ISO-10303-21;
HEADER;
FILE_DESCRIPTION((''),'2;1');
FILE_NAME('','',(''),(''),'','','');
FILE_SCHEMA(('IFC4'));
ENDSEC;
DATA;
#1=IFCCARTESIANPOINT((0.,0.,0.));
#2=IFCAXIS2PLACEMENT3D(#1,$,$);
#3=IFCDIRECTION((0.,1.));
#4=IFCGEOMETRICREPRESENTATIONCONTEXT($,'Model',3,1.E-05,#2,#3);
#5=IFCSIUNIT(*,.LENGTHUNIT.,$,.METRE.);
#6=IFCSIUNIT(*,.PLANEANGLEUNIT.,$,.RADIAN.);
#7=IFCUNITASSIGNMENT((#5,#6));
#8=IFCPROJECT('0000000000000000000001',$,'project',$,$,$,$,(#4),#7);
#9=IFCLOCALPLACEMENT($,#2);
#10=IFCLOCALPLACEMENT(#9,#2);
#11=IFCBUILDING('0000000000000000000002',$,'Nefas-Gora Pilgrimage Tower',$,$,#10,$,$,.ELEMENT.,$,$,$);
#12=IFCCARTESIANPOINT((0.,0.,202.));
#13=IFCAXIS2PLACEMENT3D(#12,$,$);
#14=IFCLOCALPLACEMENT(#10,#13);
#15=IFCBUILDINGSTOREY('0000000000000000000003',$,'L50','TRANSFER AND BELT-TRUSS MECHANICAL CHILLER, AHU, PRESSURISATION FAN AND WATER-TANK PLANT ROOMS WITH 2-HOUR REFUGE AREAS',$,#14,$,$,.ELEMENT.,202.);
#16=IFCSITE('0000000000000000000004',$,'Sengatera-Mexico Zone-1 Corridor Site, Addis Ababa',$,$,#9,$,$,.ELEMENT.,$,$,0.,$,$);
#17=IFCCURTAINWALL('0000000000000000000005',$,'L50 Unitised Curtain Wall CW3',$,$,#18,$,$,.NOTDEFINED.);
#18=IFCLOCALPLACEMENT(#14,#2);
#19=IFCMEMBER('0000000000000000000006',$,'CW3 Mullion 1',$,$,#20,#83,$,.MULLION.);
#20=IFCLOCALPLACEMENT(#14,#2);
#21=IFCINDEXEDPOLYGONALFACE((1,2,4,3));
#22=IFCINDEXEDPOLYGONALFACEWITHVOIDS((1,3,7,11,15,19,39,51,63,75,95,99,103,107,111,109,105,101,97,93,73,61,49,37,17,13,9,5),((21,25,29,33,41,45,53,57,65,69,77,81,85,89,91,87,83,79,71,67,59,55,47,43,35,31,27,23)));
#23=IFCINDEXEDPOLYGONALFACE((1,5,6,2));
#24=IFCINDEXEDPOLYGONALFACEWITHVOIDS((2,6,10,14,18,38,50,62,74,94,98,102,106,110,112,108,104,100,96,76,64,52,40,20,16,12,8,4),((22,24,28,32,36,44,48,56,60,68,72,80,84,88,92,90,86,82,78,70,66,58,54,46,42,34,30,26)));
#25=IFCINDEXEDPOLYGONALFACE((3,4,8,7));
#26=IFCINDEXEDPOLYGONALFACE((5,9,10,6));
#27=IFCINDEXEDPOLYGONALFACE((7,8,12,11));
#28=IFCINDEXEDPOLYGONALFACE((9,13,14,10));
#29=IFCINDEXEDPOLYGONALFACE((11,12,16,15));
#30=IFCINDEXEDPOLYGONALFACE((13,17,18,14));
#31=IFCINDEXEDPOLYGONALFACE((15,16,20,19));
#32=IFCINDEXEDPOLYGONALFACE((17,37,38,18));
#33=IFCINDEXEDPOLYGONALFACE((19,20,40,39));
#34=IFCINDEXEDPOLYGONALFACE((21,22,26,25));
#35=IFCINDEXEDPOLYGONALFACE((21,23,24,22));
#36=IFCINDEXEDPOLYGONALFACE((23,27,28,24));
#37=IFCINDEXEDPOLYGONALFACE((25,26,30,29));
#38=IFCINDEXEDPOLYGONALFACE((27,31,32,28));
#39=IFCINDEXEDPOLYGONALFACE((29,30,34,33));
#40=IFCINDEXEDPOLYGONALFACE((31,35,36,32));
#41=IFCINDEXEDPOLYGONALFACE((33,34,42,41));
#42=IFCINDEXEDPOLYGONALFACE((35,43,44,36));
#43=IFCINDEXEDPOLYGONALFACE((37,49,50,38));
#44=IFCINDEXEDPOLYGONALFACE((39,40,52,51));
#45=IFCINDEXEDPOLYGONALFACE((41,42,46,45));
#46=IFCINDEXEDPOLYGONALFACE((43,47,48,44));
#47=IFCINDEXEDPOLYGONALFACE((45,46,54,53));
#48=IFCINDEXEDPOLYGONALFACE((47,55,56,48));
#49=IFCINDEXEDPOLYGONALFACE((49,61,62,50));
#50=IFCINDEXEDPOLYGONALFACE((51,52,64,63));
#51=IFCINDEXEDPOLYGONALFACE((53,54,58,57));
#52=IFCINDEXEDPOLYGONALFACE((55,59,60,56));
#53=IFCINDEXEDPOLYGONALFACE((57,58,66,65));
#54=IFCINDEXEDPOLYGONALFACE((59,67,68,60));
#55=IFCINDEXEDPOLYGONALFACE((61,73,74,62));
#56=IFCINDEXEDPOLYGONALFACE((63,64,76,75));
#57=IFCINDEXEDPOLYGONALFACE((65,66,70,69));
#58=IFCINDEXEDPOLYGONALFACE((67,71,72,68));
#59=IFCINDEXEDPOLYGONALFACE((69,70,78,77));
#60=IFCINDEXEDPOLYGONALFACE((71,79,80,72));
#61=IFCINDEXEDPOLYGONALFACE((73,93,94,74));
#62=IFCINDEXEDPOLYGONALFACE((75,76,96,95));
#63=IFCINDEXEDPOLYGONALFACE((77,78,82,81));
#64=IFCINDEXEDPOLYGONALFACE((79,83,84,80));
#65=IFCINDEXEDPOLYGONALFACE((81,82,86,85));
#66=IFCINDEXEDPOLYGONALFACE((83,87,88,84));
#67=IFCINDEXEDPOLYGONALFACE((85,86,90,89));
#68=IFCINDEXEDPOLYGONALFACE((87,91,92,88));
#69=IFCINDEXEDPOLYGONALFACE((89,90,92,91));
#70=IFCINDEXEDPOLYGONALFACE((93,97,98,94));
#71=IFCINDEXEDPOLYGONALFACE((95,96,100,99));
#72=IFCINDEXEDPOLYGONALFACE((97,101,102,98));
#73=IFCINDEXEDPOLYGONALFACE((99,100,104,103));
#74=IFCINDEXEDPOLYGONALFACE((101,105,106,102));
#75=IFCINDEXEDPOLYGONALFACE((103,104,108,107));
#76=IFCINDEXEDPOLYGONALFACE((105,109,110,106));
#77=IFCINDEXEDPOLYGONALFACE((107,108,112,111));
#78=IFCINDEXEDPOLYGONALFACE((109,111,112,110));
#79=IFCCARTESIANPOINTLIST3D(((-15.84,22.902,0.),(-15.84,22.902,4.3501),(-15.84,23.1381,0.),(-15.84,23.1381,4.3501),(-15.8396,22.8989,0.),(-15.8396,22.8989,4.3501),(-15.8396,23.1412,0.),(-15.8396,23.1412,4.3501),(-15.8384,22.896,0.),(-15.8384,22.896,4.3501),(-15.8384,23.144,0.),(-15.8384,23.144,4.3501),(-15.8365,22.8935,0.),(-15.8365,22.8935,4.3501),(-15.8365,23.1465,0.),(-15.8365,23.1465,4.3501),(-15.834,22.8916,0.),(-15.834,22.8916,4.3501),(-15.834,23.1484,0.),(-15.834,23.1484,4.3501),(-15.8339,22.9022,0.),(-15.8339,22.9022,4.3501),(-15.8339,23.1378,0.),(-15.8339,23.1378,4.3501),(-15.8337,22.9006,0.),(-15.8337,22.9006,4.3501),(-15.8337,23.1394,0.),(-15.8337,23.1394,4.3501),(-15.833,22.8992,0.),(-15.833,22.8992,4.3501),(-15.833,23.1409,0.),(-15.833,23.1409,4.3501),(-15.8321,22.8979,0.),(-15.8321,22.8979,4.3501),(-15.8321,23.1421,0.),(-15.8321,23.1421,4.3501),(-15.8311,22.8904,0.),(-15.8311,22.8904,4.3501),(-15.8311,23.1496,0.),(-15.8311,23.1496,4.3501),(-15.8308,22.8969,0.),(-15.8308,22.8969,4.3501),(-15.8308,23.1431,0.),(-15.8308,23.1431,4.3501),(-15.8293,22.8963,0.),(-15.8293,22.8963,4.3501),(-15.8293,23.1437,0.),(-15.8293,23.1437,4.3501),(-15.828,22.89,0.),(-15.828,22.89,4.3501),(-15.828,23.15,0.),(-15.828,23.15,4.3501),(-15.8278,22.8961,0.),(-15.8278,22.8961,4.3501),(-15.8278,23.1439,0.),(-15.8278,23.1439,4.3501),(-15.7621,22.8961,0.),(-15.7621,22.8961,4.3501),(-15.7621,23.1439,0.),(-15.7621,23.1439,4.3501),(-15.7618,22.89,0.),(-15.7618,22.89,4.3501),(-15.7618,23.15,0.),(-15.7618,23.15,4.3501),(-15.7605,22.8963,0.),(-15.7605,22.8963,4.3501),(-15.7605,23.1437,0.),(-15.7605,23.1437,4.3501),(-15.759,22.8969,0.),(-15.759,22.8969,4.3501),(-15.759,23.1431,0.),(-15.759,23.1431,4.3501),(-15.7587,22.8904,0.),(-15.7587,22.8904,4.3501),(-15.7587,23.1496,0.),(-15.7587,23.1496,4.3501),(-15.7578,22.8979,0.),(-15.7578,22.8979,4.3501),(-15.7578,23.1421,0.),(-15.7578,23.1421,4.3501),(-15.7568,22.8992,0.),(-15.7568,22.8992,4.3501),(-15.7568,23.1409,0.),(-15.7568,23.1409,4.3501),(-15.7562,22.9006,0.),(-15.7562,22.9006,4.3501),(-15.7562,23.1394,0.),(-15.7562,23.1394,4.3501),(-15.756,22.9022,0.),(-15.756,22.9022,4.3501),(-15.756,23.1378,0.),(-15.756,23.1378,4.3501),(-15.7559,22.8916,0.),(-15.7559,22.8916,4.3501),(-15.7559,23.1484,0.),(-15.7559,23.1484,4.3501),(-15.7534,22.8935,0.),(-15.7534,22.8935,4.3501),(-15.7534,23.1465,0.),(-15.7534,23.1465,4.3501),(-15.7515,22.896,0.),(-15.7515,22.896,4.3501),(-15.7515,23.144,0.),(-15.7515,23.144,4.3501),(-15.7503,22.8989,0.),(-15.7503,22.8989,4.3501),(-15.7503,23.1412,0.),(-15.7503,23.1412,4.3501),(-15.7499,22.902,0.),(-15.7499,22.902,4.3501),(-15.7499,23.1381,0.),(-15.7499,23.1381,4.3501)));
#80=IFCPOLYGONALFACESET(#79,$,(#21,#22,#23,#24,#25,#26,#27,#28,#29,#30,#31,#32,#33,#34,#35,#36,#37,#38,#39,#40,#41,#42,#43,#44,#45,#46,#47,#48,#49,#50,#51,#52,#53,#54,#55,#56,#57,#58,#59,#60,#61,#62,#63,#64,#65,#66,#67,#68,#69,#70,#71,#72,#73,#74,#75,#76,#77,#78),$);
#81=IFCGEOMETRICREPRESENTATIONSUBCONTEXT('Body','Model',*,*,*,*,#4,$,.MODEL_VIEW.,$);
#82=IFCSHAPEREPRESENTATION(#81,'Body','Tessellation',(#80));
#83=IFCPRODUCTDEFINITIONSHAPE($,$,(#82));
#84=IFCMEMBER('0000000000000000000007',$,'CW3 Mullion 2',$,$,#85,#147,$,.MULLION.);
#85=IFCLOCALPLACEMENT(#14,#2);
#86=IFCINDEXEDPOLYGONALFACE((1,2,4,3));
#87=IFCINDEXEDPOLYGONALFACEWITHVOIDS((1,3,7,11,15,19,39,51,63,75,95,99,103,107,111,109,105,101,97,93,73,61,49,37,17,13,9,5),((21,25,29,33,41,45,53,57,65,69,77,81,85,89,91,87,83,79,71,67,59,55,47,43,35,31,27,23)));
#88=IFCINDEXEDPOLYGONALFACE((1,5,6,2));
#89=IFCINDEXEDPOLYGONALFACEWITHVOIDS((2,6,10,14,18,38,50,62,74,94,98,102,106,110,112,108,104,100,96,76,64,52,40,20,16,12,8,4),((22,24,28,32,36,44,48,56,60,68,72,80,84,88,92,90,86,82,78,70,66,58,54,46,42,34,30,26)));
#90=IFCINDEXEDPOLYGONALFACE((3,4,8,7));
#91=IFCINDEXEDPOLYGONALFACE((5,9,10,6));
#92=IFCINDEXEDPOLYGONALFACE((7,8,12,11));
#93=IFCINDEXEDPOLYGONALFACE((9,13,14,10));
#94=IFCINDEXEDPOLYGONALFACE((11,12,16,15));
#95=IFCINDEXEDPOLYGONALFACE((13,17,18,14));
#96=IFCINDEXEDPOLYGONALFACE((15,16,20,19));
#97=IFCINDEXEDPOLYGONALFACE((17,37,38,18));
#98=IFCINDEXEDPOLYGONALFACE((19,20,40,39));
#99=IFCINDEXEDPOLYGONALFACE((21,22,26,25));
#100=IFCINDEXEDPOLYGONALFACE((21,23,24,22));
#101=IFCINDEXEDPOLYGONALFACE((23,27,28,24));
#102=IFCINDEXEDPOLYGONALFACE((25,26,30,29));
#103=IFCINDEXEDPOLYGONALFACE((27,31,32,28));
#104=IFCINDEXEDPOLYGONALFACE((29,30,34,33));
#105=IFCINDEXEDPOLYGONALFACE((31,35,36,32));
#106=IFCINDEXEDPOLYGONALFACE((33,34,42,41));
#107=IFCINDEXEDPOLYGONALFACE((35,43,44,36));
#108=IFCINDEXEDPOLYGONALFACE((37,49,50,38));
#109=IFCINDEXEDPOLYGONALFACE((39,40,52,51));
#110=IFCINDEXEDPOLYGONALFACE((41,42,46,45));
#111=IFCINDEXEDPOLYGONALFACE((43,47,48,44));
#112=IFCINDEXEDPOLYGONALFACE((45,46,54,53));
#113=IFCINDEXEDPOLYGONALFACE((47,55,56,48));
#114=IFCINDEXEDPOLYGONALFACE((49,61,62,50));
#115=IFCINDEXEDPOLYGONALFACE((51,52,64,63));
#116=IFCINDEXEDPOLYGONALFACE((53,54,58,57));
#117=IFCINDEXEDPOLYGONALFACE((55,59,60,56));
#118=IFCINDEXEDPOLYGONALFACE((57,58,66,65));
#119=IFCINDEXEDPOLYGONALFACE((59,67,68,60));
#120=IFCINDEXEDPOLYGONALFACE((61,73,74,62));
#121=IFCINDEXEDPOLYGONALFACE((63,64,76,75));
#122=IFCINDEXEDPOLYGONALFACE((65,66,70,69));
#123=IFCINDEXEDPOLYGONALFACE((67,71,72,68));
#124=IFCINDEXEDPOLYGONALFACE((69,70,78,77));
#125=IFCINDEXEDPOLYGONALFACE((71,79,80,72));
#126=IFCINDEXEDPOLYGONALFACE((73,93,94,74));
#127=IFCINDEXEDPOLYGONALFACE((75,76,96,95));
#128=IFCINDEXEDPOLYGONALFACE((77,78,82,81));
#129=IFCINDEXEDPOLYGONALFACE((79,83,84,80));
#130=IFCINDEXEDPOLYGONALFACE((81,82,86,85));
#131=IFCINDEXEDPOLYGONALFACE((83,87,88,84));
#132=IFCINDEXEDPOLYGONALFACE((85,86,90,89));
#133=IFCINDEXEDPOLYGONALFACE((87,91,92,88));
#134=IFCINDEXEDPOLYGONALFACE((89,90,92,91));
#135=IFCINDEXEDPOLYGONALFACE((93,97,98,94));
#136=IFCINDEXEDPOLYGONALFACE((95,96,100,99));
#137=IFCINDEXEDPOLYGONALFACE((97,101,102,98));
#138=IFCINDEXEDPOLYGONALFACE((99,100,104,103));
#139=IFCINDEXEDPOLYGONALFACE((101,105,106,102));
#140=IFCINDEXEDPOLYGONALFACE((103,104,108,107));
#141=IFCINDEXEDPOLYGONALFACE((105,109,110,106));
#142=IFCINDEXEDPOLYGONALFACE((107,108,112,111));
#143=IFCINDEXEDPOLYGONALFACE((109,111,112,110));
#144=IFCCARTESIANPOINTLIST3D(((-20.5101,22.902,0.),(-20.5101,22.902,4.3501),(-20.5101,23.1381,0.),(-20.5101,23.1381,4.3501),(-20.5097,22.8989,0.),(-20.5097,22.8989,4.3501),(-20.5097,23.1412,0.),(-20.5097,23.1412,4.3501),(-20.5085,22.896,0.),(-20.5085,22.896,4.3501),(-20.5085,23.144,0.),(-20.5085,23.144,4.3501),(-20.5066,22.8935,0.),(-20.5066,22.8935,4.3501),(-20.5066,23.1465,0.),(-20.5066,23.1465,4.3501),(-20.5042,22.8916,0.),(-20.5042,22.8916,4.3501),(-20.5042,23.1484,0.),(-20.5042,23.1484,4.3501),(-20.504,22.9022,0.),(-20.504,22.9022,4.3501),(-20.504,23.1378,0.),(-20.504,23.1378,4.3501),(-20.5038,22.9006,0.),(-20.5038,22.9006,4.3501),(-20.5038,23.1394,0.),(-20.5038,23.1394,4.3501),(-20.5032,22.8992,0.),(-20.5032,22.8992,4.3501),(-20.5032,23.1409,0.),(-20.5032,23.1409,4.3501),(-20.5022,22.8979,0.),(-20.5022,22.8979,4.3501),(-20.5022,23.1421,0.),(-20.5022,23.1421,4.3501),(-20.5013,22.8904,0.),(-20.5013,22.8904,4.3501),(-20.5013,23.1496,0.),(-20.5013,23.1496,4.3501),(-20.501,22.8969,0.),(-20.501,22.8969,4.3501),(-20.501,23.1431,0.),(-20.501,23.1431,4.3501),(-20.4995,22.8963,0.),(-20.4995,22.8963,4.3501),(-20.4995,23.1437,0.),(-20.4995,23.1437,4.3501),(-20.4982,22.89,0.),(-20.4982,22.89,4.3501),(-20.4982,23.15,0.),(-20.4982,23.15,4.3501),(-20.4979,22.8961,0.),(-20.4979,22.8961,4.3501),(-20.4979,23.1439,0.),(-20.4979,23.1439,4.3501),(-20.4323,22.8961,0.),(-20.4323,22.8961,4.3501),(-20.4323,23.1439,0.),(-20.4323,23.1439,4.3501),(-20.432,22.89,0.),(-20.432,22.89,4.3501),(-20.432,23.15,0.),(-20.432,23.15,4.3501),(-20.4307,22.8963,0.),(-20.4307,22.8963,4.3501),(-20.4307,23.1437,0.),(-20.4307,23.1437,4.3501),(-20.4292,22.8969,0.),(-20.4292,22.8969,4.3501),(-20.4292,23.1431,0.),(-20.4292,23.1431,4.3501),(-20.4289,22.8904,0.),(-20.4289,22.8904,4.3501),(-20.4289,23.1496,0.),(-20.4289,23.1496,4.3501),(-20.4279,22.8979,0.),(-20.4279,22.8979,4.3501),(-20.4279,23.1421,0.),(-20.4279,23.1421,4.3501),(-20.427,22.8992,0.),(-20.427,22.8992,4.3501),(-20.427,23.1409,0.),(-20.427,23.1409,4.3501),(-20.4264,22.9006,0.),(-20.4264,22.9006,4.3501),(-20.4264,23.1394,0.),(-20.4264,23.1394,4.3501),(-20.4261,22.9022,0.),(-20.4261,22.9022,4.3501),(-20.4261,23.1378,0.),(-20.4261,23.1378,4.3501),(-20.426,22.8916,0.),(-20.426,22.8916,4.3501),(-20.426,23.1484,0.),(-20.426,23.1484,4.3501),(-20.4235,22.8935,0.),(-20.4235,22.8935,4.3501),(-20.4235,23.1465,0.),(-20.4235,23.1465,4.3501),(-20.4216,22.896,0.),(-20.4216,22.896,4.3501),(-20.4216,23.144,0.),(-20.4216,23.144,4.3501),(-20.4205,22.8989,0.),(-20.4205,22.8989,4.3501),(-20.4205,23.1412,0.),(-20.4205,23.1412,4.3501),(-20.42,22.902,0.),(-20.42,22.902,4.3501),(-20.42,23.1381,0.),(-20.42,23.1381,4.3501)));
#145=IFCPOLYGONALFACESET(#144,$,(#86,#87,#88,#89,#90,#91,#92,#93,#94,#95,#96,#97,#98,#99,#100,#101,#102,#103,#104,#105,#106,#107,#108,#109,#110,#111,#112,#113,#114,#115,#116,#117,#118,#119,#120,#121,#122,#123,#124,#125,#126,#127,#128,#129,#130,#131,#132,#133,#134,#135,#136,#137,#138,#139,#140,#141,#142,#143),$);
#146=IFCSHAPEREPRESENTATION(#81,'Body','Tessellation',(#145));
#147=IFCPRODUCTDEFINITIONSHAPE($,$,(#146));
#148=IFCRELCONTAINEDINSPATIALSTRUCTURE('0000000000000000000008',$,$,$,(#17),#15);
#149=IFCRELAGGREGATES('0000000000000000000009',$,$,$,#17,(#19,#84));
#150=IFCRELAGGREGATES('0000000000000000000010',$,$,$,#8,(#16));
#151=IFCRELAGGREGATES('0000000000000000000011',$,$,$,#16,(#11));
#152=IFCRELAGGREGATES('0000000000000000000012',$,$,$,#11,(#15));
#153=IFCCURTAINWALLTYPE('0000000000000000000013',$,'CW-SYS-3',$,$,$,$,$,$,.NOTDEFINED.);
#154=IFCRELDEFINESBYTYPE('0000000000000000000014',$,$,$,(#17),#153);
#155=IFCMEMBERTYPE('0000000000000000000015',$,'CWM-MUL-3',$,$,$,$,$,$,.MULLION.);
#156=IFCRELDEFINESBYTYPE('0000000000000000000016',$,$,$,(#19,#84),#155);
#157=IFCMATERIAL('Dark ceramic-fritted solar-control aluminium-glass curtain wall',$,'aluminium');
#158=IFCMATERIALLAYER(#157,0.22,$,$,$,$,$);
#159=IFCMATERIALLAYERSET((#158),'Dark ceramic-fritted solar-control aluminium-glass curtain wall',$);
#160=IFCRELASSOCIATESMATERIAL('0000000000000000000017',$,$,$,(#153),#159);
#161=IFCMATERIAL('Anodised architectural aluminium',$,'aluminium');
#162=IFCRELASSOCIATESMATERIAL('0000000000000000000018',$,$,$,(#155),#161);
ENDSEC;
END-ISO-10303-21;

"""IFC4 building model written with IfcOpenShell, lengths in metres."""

from ifc_helpers import new_model, si_unit, direction, frame, origin, origin_2d, place, context, subcontext, project, spatial, hollow_rectangle, extrude, source, transform, mapped, material, layer, layer_set, material_profile, profile_set, type_object, element, aggregate, save


model = new_model("IFC4")

# Units and contexts
model_context = context("Model", 3, precision=1e-05, world=origin(), true_north=direction((0.0, 1.0)))
body_context = subcontext(model_context, "Body", "Model", "MODEL_VIEW")
ifc_project = project(units=[si_unit("LENGTHUNIT", "METRE"), si_unit("PLANEANGLEUNIT", "RADIAN")], contexts=[model_context])

# Site, building, storey
site_placement = place(None, origin())
site = spatial("IfcSite", under=ifc_project, at=site_placement, Name="Sengatera-Mexico Zone-1 Corridor Site, Addis Ababa", CompositionType="ELEMENT", RefElevation=0.0)
building_placement = place(site_placement, origin())
building = spatial("IfcBuilding", under=site, at=building_placement, Name="Nefas-Gora Pilgrimage Tower", CompositionType="ELEMENT")
storey_placement = place(building_placement, frame((0.0, 0.0, 202.0)))
storey = spatial("IfcBuildingStorey", under=building, at=storey_placement, Name="L50", Description="TRANSFER AND BELT-TRUSS MECHANICAL CHILLER, AHU, PRESSURISATION FAN AND WATER-TANK PLANT ROOMS WITH 2-HOUR REFUGE AREAS", CompositionType="ELEMENT", Elevation=202.0)

# Curtain wall, members
ifc_material_1 = material(Name="Dark ceramic-fritted solar-control aluminium-glass curtain wall", Category="aluminium")
ifc_layer_1 = layer(ifc_material_1, 0.22)
ifc_layer_set_1 = layer_set([ifc_layer_1], Name="Dark ceramic-fritted solar-control aluminium-glass curtain wall")
curtain_wall_type = type_object("IfcCurtainWallType", Name="CW-SYS-3", PredefinedType="NOTDEFINED", material=ifc_layer_set_1)
curtain_wall_1_placement = place(storey_placement, origin())
curtain_wall_1 = element("IfcCurtainWall", 1, at=curtain_wall_1_placement, inside=storey, type_object=curtain_wall_type, Name="L50 Unitised Curtain Wall CW3", PredefinedType="NOTDEFINED")
ifc_material_2 = material(Name="Anodised architectural aluminium", Category="aluminium")
ifc_material_profile_1 = material_profile(ifc_material_2, hollow_rectangle(XDim=0.0901, YDim=0.26, WallThickness=0.0061, InnerFilletRadius=0.0061, OuterFilletRadius=0.012, at=origin_2d()), Name="ALU MULLION 90x260")
ifc_profile_set_1 = profile_set([ifc_material_profile_1], Name="Anodised architectural aluminium")
member_type_1 = type_object("IfcMemberType", Name="CWM-MUL-3", PredefinedType="MULLION", material=ifc_profile_set_1)
shared_shape_1 = source(origin(), body_context, "Body", "SweptSolid", [
    extrude(hollow_rectangle(XDim=0.0901, YDim=0.26, WallThickness=0.0061, InnerFilletRadius=0.0061, OuterFilletRadius=0.012, at=origin_2d()), origin(), (0.0, 0.0, 1.0), 4.3501),
])
member_1_placement = place(storey_placement, frame((-15.7949, 23.02, 0.0), z_axis=(0.0, 0.0, 1.0), x_axis=(-1.0, 0.0, 0.0)))
member_1 = element("IfcMember", 2, at=member_1_placement, type_object=member_type_1, Name="CW3 Mullion 1", PredefinedType="MULLION", context=body_context, shape_type="MappedRepresentation", body=[
    mapped(shared_shape_1, transform((0.0, 0.0, 0.0), x_axis=(1.0, 0.0, 0.0), y_axis=(0.0, 1.0, 0.0), z_axis=(0.0, 0.0, 1.0), scale=1.0)),
])
member_2_placement = place(storey_placement, frame((-20.4651, 23.02, 0.0), z_axis=(0.0, 0.0, 1.0), x_axis=(-1.0, 0.0, 0.0)))
member_2 = element("IfcMember", 3, at=member_2_placement, type_object=member_type_1, Name="CW3 Mullion 2", PredefinedType="MULLION", context=body_context, shape_type="MappedRepresentation", body=[
    mapped(shared_shape_1, transform((0.0, 0.0, 0.0), x_axis=(1.0, 0.0, 0.0), y_axis=(0.0, 1.0, 0.0), z_axis=(0.0, 0.0, 1.0), scale=1.0)),
])

aggregate(curtain_wall_1, [member_1, member_2])

save(model, "model.ifc")
